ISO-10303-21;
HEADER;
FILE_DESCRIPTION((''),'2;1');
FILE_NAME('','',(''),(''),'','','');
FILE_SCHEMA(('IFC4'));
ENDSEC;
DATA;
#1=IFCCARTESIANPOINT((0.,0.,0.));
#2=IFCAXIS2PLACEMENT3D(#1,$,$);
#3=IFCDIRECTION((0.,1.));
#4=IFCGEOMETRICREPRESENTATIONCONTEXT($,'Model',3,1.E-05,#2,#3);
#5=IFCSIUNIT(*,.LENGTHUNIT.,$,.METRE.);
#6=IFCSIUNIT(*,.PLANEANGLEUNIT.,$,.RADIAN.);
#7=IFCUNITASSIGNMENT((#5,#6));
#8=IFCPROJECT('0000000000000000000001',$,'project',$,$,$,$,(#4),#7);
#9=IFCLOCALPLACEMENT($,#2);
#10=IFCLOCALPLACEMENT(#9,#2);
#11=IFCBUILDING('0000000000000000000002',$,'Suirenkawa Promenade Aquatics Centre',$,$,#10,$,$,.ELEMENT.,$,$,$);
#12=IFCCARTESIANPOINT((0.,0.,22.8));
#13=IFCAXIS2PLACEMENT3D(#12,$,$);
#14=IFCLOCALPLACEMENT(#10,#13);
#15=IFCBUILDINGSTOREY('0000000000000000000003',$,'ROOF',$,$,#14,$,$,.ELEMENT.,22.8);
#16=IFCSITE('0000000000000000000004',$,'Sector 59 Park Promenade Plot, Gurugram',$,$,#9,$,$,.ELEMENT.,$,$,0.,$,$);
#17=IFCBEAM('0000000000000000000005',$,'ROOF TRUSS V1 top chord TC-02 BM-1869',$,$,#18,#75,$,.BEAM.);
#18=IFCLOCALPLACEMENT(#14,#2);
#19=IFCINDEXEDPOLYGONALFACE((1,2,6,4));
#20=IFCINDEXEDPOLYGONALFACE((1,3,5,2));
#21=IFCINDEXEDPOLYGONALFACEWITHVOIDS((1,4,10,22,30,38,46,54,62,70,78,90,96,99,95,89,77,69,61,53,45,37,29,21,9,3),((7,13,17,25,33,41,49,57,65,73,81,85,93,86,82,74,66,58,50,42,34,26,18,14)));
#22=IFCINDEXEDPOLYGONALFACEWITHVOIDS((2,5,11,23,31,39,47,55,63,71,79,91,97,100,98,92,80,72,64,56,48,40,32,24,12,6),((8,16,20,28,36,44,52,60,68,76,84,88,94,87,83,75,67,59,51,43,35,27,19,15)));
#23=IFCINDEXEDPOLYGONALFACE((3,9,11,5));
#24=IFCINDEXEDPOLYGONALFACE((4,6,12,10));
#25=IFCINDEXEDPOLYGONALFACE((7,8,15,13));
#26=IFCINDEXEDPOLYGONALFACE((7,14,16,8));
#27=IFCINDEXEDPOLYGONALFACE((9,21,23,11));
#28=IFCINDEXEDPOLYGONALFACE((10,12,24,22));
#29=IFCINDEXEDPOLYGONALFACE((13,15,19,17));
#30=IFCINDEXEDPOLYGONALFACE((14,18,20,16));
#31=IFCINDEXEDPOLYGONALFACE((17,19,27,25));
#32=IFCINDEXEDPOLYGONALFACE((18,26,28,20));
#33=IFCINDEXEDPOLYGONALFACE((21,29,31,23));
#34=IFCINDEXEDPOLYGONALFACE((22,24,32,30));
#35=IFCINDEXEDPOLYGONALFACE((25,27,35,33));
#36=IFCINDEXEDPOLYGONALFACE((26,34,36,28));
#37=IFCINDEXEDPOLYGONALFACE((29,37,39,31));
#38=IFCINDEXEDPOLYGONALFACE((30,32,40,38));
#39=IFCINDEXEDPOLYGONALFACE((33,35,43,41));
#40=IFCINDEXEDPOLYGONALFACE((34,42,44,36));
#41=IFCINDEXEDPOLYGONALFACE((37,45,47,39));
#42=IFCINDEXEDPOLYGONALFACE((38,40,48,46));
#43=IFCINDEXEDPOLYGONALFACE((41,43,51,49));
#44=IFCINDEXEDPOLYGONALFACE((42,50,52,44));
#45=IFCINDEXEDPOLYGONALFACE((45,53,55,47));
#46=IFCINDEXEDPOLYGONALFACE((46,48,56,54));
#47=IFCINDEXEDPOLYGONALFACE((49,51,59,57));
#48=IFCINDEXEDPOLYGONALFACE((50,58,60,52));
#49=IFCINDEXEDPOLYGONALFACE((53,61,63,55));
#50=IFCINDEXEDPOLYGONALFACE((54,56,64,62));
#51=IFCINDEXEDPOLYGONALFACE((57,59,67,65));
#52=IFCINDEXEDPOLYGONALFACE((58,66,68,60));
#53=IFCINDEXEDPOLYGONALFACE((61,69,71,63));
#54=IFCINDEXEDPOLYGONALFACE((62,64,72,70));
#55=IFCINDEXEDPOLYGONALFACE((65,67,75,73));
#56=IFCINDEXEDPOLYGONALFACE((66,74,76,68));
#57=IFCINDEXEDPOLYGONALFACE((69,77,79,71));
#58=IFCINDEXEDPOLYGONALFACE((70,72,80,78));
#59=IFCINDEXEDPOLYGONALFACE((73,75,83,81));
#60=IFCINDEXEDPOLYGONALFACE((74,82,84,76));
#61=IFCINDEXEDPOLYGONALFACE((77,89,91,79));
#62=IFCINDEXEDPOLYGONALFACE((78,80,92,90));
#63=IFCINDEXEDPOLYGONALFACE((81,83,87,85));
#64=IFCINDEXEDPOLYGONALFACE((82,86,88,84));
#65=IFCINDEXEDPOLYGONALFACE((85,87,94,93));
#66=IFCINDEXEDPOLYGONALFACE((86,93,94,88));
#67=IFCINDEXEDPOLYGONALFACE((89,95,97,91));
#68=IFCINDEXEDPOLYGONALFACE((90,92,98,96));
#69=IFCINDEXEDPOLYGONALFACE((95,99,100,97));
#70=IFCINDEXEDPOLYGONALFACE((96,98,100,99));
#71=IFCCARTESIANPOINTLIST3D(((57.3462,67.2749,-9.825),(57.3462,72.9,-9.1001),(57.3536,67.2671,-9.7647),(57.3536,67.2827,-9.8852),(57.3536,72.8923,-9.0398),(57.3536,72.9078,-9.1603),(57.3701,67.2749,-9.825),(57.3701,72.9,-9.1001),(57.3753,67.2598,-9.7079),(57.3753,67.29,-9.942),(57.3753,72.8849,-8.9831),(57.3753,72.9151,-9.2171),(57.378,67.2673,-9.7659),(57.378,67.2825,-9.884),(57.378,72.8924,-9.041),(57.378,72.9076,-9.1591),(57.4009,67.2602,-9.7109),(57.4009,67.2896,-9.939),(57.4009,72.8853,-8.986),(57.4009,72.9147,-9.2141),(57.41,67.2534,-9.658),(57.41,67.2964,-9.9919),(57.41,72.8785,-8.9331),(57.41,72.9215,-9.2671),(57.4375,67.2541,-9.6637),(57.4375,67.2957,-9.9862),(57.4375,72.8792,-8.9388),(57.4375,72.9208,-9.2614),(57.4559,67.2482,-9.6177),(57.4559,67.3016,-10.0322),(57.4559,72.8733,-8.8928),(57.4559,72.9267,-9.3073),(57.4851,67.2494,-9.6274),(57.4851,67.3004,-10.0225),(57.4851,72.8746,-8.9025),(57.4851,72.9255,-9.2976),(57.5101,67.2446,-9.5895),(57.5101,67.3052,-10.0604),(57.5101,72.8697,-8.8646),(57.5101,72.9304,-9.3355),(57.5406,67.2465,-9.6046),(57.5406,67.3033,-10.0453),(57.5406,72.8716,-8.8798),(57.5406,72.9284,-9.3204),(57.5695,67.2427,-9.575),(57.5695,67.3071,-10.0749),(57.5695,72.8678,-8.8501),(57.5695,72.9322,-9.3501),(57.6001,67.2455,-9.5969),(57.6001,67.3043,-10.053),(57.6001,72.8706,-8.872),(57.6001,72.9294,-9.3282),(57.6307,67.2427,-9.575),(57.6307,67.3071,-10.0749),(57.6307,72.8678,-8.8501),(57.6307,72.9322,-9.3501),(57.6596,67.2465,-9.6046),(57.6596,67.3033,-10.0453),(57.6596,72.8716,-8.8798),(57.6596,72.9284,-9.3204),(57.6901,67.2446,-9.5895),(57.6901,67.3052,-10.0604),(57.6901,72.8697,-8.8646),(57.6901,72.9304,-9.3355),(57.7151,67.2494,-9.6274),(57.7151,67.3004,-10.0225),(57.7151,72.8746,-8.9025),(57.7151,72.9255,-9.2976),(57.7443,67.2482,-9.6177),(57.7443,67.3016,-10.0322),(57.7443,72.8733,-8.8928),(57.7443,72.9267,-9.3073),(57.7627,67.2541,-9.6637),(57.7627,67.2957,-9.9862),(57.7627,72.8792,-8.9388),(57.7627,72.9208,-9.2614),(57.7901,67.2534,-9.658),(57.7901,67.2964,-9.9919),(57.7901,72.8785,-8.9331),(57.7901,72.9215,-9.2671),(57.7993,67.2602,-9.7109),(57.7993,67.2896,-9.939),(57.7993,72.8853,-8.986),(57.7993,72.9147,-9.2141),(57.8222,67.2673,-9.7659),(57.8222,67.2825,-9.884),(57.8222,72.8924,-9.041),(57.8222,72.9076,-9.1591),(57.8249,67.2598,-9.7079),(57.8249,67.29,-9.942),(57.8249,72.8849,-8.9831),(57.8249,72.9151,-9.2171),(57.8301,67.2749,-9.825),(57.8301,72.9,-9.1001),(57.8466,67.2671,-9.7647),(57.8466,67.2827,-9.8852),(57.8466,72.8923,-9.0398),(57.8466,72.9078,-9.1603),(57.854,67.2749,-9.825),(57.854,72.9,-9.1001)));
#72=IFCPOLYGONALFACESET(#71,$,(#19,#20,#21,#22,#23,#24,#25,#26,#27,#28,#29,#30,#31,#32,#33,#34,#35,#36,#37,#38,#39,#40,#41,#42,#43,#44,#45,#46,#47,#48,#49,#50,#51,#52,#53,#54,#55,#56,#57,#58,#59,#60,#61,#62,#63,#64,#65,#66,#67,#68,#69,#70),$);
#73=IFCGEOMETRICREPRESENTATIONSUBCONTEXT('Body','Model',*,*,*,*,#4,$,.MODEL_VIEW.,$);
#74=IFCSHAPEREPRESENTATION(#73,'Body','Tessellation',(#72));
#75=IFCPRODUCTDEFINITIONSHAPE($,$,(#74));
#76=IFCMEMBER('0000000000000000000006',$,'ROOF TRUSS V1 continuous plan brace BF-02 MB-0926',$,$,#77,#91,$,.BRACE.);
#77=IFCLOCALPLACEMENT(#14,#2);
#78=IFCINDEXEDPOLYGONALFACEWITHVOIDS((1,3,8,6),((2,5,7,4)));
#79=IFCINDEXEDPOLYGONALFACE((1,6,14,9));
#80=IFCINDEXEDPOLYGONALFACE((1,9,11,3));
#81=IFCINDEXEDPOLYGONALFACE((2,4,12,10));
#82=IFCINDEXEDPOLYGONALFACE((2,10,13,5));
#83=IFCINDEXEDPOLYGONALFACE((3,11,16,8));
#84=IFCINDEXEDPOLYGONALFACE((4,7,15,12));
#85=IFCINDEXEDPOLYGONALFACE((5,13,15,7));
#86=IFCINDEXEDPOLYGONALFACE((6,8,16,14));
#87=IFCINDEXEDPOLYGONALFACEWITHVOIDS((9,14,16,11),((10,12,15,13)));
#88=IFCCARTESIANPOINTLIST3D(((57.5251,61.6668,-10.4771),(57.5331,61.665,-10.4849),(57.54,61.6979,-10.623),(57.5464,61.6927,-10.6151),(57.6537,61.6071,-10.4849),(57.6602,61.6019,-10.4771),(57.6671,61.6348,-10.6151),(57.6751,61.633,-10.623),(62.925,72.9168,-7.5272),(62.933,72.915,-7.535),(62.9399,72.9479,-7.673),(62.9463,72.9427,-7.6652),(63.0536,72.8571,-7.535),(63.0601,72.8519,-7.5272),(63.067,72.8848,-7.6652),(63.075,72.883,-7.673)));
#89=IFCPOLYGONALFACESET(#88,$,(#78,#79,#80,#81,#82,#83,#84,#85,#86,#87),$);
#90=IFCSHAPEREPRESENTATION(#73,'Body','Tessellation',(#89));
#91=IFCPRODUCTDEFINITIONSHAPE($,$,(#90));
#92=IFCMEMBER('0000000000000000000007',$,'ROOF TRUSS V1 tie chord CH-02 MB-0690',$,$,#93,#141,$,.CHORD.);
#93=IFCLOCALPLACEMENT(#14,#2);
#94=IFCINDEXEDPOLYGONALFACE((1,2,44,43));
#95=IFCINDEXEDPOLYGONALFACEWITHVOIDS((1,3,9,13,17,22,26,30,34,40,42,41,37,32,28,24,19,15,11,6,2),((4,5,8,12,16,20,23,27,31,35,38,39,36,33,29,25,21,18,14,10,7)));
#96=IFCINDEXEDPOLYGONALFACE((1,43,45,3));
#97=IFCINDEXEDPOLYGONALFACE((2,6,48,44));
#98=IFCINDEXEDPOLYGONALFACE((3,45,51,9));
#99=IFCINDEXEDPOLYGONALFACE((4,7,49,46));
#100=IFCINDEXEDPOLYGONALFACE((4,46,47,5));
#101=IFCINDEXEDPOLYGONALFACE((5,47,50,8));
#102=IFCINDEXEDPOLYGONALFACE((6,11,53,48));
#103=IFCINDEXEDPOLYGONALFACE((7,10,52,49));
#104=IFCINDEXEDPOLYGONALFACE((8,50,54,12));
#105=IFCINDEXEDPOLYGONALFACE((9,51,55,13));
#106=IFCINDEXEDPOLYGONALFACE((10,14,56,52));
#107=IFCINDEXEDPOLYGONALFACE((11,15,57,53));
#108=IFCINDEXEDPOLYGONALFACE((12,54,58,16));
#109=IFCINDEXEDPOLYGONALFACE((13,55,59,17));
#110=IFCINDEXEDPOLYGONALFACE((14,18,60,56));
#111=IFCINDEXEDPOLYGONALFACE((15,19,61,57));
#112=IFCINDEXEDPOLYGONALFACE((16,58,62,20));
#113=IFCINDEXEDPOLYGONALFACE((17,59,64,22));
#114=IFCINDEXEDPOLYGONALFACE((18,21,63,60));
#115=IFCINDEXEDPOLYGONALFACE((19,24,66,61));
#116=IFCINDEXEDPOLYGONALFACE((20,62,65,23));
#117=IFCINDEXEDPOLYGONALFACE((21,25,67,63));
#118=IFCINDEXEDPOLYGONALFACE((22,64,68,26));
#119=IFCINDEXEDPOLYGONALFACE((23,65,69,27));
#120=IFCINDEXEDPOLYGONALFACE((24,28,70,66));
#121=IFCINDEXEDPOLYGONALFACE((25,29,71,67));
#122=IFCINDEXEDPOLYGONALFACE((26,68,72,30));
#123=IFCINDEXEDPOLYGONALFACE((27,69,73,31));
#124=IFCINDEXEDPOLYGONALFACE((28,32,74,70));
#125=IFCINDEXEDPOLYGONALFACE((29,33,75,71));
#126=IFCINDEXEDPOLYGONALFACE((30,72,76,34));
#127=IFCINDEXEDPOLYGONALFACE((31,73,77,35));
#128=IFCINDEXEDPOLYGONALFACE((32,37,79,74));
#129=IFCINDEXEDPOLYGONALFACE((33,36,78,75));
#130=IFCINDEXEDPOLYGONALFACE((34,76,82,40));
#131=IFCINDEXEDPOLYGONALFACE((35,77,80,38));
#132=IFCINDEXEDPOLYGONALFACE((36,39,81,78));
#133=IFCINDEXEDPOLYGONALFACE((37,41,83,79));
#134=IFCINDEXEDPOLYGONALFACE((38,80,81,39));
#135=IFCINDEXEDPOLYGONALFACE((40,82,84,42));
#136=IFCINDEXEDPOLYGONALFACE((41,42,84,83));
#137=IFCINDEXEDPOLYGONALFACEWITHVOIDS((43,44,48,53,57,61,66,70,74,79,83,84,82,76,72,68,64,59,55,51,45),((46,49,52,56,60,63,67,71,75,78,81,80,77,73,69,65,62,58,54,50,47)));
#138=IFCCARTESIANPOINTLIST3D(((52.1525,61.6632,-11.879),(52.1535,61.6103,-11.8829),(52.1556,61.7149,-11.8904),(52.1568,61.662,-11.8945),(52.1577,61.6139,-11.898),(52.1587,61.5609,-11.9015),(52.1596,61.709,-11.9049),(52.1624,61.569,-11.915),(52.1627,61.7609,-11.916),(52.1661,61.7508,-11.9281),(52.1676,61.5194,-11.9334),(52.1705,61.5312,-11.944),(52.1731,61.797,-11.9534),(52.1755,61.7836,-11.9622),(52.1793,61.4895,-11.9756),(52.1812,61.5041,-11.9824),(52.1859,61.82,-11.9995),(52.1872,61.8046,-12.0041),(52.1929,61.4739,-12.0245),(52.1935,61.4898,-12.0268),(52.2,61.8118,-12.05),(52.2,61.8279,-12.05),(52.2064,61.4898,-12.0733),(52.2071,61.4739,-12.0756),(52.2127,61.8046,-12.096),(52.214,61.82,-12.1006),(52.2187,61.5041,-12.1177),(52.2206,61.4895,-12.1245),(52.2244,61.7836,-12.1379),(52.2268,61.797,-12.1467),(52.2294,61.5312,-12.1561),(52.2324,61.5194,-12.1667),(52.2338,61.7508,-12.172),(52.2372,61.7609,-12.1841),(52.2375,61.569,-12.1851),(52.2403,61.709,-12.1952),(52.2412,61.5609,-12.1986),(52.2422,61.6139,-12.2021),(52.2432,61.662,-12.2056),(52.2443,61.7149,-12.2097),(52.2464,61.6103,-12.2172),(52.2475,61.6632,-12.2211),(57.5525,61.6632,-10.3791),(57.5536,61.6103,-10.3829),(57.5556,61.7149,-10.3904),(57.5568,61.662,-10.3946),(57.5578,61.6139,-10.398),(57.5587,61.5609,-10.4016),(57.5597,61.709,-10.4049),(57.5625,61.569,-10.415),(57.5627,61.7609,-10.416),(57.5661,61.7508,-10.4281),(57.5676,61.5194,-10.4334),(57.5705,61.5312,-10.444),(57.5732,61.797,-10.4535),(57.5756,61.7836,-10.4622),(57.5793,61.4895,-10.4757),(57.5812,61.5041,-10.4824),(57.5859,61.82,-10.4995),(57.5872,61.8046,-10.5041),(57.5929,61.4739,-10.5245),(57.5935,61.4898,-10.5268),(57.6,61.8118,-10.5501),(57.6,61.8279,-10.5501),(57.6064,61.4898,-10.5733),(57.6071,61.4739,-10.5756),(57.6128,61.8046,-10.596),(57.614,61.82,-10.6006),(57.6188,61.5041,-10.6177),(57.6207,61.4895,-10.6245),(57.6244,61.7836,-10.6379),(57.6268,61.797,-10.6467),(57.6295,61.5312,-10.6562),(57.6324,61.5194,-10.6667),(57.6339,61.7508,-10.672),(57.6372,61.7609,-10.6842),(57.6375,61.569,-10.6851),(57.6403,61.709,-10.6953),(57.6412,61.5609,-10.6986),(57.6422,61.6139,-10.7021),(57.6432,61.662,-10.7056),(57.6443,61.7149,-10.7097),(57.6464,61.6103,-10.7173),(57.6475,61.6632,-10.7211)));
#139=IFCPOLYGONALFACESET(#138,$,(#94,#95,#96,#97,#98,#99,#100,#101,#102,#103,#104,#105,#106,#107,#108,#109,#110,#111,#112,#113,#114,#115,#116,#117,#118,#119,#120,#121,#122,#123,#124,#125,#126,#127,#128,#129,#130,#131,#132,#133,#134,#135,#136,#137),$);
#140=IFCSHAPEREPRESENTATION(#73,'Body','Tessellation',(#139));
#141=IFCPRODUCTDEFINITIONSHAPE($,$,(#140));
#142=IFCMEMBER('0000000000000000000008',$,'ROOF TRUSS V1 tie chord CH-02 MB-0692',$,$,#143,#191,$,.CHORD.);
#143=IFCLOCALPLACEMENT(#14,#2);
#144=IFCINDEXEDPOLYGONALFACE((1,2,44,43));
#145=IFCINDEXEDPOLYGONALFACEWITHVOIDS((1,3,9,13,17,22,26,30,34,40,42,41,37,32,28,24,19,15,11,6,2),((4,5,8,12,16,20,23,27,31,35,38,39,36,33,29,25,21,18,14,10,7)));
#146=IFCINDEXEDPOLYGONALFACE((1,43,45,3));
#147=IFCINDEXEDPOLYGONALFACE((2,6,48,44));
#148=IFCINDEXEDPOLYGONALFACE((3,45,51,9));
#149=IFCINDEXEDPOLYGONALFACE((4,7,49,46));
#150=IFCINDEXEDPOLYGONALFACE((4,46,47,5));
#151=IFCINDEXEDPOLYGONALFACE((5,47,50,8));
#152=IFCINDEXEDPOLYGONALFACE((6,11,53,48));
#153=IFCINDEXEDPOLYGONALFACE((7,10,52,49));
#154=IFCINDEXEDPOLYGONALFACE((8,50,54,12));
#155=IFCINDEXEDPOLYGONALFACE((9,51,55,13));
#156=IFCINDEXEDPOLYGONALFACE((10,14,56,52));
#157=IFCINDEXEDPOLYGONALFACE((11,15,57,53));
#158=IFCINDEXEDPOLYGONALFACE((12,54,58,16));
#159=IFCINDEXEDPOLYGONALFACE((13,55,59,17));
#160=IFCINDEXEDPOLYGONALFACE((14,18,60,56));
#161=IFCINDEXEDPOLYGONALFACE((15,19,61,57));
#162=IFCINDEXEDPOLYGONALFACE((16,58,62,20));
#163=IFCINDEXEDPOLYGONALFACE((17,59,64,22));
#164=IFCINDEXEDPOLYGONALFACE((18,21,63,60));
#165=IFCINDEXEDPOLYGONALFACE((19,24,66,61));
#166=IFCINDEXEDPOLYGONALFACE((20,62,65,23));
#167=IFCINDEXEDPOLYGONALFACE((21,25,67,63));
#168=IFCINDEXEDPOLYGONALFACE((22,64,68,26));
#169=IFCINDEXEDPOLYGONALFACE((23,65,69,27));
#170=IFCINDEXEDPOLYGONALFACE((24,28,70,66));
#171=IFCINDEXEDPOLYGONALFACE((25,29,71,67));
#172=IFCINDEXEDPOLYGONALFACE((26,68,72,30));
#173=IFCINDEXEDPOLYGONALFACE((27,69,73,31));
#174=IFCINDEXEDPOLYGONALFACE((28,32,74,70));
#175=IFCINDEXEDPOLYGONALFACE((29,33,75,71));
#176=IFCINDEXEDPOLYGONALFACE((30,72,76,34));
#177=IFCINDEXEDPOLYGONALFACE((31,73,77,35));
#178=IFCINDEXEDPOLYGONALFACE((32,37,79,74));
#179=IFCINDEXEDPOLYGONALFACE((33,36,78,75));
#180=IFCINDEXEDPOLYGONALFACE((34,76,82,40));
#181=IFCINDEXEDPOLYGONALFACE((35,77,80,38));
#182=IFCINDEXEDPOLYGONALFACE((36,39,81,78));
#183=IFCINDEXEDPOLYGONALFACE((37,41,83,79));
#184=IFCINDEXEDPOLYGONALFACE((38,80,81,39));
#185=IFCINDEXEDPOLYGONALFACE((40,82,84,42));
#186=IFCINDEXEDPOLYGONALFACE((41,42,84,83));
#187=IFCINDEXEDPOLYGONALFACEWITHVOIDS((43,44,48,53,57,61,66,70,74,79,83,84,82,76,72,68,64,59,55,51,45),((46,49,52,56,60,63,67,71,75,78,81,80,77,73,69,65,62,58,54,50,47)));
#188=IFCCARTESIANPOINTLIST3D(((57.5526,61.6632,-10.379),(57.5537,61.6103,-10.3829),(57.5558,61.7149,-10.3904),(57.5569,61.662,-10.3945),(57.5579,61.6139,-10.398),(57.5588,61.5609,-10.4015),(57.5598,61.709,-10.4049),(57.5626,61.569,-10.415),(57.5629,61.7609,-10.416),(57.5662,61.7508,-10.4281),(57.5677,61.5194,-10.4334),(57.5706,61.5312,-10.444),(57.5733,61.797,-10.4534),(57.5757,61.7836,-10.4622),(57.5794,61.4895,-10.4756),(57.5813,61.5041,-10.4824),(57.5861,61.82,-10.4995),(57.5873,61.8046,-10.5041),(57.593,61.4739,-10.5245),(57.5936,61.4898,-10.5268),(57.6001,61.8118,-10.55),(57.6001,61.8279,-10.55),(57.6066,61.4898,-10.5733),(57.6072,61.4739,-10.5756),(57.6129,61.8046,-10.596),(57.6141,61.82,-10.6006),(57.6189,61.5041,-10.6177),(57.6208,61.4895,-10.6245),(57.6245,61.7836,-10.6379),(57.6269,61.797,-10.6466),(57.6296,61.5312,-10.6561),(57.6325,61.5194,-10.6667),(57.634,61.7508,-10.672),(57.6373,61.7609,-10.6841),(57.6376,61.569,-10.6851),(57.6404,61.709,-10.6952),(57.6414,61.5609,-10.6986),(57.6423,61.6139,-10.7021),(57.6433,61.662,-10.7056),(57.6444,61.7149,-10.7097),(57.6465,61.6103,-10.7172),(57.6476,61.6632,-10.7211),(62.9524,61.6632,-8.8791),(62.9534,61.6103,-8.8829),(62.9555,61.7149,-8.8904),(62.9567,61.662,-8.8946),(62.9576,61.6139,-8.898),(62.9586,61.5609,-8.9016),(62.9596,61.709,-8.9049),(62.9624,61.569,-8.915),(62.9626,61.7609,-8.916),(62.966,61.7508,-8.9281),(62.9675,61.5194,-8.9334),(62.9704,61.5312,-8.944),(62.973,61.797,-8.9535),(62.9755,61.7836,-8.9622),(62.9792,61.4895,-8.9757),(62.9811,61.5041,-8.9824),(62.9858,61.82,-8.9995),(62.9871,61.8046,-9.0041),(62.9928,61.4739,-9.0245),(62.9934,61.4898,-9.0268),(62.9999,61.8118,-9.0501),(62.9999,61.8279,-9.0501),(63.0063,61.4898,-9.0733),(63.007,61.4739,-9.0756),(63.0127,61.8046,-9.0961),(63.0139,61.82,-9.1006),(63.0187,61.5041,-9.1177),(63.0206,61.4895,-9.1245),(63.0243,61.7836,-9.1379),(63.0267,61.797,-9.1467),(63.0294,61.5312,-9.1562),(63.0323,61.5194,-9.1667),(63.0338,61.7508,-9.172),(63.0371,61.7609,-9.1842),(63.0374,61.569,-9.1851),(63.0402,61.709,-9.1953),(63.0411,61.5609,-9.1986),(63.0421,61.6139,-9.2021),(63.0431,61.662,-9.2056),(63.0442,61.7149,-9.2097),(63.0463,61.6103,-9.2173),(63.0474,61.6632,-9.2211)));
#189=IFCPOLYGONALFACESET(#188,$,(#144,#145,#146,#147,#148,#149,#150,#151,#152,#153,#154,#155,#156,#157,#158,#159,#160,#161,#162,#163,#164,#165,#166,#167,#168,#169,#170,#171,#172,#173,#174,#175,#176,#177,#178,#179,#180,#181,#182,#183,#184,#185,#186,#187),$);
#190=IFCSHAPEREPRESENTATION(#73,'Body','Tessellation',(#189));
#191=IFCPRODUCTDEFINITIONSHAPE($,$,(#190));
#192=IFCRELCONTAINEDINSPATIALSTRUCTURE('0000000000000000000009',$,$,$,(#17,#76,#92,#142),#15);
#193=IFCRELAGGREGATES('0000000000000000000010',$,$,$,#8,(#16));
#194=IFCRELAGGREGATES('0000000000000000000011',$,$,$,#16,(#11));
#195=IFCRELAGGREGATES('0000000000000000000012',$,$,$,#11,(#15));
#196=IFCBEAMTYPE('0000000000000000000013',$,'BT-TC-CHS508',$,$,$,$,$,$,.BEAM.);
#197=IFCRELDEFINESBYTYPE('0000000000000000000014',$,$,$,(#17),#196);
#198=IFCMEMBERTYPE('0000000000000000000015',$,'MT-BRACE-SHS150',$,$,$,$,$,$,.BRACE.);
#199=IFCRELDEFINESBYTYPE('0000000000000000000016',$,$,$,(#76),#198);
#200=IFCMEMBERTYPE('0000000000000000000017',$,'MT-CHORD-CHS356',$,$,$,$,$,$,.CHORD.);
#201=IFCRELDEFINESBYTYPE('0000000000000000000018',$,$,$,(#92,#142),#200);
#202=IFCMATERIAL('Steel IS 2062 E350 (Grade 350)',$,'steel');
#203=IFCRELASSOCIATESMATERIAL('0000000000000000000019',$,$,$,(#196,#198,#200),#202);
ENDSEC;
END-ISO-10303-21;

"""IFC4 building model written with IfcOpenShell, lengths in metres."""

from ifc_helpers import new_model, si_unit, direction, frame, origin, origin_2d, place, context, subcontext, project, spatial, hollow_rectangle, hollow_circle, extrude, material, material_profile, profile_set, type_object, element, save


model = new_model("IFC4")

# Units and contexts
model_context = context("Model", 3, precision=1e-05, world=origin(), true_north=direction((0.0, 1.0)))
body_context = subcontext(model_context, "Body", "Model", "MODEL_VIEW")
ifc_project = project(units=[si_unit("LENGTHUNIT", "METRE"), si_unit("PLANEANGLEUNIT", "RADIAN")], contexts=[model_context])

# Site, building, storey
site_placement = place(None, origin())
site = spatial("IfcSite", under=ifc_project, at=site_placement, Name="Sector 59 Park Promenade Plot, Gurugram", CompositionType="ELEMENT", RefElevation=0.0)
building_placement = place(site_placement, origin())
building = spatial("IfcBuilding", under=site, at=building_placement, Name="Suirenkawa Promenade Aquatics Centre", CompositionType="ELEMENT")
storey_placement = place(building_placement, frame((0.0, 0.0, 22.8)))
storey = spatial("IfcBuildingStorey", under=building, at=storey_placement, Name="ROOF", CompositionType="ELEMENT", Elevation=22.8)

# Beam
ifc_material = material(Name="Steel IS 2062 E350 (Grade 350)", Category="steel")
ifc_material_profile_1 = material_profile(ifc_material, hollow_circle(Radius=0.2539, WallThickness=0.0239, at=origin_2d()), Name="CHS 508x24", Category="steel")
ifc_profile_set_1 = profile_set([ifc_material_profile_1], Name="Steel IS 2062 E350 (Grade 350)")
beam_type_1 = type_object("IfcBeamType", Name="BT-TC-CHS508", PredefinedType="BEAM", material=ifc_profile_set_1)
for number, where, z_axis, x_axis, name in (
    (1, (57.6001, 67.2749, -9.825), (0.0, 0.991799, 0.127806), (-1.0, 0.0, 0.0), "ROOF TRUSS V1 top chord TC-02 BM-1869"),
):
    element("IfcBeam", number, at=place(storey_placement, frame(where, z_axis=z_axis, x_axis=x_axis)), inside=storey, type_object=beam_type_1, Name=name, PredefinedType="BEAM", context=body_context, shape_type="SweptSolid", body=[
        extrude(hollow_circle(Radius=0.2539, WallThickness=0.0239, at=origin_2d()), origin(), (0.0, 0.0, 1.0), 5.6716),
    ])

# Members
ifc_material_profile_2 = material_profile(ifc_material, hollow_rectangle(XDim=0.1499, YDim=0.1499, WallThickness=0.0081, at=origin_2d()), Name="SHS 150x150x8", Category="steel")
ifc_profile_set_2 = profile_set([ifc_material_profile_2], Name="Steel IS 2062 E350 (Grade 350)")
member_type_1 = type_object("IfcMemberType", Name="MT-BRACE-SHS150", PredefinedType="BRACE", material=ifc_profile_set_2)
member_1_placement = place(storey_placement, frame((57.6001, 61.6499, -10.55), z_axis=(0.421118, 0.877345, 0.230056), x_axis=(-0.901526, 0.432725, 0.0)))
element("IfcMember", 2, at=member_1_placement, inside=storey, type_object=member_type_1, Name="ROOF TRUSS V1 continuous plan brace BF-02 MB-0926", PredefinedType="BRACE", context=body_context, shape_type="SweptSolid", body=[
    extrude(hollow_rectangle(XDim=0.1499, YDim=0.1499, WallThickness=0.0081, at=origin_2d()), origin(), (0.0, 0.0, 1.0), 12.8228),
])
ifc_material_profile_3 = material_profile(ifc_material, hollow_circle(Radius=0.178, WallThickness=0.0161, at=origin_2d()), Name="CHS 356x16", Category="steel")
ifc_profile_set_3 = profile_set([ifc_material_profile_3], Name="Steel IS 2062 E350 (Grade 350)")
member_type_2 = type_object("IfcMemberType", Name="MT-CHORD-CHS356", PredefinedType="CHORD", material=ifc_profile_set_3)
member_2_placement = place(storey_placement, frame((52.2, 61.6499, -12.05), z_axis=(0.96352, 0.0, 0.267637), x_axis=(0.0, 1.0, 0.0)))
element("IfcMember", 3, at=member_2_placement, inside=storey, type_object=member_type_2, Name="ROOF TRUSS V1 tie chord CH-02 MB-0690", PredefinedType="CHORD", context=body_context, shape_type="SweptSolid", body=[
    extrude(hollow_circle(Radius=0.178, WallThickness=0.0161, at=origin_2d()), origin(), (0.0, 0.0, 1.0), 5.6045),
])
member_3_placement = place(storey_placement, frame((57.6001, 61.6499, -10.55), z_axis=(0.963517, 0.0, 0.267648), x_axis=(0.0, 1.0, 0.0)))
element("IfcMember", 4, at=member_3_placement, inside=storey, type_object=member_type_2, Name="ROOF TRUSS V1 tie chord CH-02 MB-0692", PredefinedType="CHORD", context=body_context, shape_type="SweptSolid", body=[
    extrude(hollow_circle(Radius=0.178, WallThickness=0.0161, at=origin_2d()), origin(), (0.0, 0.0, 1.0), 5.6042),
])

save(model, "model.ifc")
